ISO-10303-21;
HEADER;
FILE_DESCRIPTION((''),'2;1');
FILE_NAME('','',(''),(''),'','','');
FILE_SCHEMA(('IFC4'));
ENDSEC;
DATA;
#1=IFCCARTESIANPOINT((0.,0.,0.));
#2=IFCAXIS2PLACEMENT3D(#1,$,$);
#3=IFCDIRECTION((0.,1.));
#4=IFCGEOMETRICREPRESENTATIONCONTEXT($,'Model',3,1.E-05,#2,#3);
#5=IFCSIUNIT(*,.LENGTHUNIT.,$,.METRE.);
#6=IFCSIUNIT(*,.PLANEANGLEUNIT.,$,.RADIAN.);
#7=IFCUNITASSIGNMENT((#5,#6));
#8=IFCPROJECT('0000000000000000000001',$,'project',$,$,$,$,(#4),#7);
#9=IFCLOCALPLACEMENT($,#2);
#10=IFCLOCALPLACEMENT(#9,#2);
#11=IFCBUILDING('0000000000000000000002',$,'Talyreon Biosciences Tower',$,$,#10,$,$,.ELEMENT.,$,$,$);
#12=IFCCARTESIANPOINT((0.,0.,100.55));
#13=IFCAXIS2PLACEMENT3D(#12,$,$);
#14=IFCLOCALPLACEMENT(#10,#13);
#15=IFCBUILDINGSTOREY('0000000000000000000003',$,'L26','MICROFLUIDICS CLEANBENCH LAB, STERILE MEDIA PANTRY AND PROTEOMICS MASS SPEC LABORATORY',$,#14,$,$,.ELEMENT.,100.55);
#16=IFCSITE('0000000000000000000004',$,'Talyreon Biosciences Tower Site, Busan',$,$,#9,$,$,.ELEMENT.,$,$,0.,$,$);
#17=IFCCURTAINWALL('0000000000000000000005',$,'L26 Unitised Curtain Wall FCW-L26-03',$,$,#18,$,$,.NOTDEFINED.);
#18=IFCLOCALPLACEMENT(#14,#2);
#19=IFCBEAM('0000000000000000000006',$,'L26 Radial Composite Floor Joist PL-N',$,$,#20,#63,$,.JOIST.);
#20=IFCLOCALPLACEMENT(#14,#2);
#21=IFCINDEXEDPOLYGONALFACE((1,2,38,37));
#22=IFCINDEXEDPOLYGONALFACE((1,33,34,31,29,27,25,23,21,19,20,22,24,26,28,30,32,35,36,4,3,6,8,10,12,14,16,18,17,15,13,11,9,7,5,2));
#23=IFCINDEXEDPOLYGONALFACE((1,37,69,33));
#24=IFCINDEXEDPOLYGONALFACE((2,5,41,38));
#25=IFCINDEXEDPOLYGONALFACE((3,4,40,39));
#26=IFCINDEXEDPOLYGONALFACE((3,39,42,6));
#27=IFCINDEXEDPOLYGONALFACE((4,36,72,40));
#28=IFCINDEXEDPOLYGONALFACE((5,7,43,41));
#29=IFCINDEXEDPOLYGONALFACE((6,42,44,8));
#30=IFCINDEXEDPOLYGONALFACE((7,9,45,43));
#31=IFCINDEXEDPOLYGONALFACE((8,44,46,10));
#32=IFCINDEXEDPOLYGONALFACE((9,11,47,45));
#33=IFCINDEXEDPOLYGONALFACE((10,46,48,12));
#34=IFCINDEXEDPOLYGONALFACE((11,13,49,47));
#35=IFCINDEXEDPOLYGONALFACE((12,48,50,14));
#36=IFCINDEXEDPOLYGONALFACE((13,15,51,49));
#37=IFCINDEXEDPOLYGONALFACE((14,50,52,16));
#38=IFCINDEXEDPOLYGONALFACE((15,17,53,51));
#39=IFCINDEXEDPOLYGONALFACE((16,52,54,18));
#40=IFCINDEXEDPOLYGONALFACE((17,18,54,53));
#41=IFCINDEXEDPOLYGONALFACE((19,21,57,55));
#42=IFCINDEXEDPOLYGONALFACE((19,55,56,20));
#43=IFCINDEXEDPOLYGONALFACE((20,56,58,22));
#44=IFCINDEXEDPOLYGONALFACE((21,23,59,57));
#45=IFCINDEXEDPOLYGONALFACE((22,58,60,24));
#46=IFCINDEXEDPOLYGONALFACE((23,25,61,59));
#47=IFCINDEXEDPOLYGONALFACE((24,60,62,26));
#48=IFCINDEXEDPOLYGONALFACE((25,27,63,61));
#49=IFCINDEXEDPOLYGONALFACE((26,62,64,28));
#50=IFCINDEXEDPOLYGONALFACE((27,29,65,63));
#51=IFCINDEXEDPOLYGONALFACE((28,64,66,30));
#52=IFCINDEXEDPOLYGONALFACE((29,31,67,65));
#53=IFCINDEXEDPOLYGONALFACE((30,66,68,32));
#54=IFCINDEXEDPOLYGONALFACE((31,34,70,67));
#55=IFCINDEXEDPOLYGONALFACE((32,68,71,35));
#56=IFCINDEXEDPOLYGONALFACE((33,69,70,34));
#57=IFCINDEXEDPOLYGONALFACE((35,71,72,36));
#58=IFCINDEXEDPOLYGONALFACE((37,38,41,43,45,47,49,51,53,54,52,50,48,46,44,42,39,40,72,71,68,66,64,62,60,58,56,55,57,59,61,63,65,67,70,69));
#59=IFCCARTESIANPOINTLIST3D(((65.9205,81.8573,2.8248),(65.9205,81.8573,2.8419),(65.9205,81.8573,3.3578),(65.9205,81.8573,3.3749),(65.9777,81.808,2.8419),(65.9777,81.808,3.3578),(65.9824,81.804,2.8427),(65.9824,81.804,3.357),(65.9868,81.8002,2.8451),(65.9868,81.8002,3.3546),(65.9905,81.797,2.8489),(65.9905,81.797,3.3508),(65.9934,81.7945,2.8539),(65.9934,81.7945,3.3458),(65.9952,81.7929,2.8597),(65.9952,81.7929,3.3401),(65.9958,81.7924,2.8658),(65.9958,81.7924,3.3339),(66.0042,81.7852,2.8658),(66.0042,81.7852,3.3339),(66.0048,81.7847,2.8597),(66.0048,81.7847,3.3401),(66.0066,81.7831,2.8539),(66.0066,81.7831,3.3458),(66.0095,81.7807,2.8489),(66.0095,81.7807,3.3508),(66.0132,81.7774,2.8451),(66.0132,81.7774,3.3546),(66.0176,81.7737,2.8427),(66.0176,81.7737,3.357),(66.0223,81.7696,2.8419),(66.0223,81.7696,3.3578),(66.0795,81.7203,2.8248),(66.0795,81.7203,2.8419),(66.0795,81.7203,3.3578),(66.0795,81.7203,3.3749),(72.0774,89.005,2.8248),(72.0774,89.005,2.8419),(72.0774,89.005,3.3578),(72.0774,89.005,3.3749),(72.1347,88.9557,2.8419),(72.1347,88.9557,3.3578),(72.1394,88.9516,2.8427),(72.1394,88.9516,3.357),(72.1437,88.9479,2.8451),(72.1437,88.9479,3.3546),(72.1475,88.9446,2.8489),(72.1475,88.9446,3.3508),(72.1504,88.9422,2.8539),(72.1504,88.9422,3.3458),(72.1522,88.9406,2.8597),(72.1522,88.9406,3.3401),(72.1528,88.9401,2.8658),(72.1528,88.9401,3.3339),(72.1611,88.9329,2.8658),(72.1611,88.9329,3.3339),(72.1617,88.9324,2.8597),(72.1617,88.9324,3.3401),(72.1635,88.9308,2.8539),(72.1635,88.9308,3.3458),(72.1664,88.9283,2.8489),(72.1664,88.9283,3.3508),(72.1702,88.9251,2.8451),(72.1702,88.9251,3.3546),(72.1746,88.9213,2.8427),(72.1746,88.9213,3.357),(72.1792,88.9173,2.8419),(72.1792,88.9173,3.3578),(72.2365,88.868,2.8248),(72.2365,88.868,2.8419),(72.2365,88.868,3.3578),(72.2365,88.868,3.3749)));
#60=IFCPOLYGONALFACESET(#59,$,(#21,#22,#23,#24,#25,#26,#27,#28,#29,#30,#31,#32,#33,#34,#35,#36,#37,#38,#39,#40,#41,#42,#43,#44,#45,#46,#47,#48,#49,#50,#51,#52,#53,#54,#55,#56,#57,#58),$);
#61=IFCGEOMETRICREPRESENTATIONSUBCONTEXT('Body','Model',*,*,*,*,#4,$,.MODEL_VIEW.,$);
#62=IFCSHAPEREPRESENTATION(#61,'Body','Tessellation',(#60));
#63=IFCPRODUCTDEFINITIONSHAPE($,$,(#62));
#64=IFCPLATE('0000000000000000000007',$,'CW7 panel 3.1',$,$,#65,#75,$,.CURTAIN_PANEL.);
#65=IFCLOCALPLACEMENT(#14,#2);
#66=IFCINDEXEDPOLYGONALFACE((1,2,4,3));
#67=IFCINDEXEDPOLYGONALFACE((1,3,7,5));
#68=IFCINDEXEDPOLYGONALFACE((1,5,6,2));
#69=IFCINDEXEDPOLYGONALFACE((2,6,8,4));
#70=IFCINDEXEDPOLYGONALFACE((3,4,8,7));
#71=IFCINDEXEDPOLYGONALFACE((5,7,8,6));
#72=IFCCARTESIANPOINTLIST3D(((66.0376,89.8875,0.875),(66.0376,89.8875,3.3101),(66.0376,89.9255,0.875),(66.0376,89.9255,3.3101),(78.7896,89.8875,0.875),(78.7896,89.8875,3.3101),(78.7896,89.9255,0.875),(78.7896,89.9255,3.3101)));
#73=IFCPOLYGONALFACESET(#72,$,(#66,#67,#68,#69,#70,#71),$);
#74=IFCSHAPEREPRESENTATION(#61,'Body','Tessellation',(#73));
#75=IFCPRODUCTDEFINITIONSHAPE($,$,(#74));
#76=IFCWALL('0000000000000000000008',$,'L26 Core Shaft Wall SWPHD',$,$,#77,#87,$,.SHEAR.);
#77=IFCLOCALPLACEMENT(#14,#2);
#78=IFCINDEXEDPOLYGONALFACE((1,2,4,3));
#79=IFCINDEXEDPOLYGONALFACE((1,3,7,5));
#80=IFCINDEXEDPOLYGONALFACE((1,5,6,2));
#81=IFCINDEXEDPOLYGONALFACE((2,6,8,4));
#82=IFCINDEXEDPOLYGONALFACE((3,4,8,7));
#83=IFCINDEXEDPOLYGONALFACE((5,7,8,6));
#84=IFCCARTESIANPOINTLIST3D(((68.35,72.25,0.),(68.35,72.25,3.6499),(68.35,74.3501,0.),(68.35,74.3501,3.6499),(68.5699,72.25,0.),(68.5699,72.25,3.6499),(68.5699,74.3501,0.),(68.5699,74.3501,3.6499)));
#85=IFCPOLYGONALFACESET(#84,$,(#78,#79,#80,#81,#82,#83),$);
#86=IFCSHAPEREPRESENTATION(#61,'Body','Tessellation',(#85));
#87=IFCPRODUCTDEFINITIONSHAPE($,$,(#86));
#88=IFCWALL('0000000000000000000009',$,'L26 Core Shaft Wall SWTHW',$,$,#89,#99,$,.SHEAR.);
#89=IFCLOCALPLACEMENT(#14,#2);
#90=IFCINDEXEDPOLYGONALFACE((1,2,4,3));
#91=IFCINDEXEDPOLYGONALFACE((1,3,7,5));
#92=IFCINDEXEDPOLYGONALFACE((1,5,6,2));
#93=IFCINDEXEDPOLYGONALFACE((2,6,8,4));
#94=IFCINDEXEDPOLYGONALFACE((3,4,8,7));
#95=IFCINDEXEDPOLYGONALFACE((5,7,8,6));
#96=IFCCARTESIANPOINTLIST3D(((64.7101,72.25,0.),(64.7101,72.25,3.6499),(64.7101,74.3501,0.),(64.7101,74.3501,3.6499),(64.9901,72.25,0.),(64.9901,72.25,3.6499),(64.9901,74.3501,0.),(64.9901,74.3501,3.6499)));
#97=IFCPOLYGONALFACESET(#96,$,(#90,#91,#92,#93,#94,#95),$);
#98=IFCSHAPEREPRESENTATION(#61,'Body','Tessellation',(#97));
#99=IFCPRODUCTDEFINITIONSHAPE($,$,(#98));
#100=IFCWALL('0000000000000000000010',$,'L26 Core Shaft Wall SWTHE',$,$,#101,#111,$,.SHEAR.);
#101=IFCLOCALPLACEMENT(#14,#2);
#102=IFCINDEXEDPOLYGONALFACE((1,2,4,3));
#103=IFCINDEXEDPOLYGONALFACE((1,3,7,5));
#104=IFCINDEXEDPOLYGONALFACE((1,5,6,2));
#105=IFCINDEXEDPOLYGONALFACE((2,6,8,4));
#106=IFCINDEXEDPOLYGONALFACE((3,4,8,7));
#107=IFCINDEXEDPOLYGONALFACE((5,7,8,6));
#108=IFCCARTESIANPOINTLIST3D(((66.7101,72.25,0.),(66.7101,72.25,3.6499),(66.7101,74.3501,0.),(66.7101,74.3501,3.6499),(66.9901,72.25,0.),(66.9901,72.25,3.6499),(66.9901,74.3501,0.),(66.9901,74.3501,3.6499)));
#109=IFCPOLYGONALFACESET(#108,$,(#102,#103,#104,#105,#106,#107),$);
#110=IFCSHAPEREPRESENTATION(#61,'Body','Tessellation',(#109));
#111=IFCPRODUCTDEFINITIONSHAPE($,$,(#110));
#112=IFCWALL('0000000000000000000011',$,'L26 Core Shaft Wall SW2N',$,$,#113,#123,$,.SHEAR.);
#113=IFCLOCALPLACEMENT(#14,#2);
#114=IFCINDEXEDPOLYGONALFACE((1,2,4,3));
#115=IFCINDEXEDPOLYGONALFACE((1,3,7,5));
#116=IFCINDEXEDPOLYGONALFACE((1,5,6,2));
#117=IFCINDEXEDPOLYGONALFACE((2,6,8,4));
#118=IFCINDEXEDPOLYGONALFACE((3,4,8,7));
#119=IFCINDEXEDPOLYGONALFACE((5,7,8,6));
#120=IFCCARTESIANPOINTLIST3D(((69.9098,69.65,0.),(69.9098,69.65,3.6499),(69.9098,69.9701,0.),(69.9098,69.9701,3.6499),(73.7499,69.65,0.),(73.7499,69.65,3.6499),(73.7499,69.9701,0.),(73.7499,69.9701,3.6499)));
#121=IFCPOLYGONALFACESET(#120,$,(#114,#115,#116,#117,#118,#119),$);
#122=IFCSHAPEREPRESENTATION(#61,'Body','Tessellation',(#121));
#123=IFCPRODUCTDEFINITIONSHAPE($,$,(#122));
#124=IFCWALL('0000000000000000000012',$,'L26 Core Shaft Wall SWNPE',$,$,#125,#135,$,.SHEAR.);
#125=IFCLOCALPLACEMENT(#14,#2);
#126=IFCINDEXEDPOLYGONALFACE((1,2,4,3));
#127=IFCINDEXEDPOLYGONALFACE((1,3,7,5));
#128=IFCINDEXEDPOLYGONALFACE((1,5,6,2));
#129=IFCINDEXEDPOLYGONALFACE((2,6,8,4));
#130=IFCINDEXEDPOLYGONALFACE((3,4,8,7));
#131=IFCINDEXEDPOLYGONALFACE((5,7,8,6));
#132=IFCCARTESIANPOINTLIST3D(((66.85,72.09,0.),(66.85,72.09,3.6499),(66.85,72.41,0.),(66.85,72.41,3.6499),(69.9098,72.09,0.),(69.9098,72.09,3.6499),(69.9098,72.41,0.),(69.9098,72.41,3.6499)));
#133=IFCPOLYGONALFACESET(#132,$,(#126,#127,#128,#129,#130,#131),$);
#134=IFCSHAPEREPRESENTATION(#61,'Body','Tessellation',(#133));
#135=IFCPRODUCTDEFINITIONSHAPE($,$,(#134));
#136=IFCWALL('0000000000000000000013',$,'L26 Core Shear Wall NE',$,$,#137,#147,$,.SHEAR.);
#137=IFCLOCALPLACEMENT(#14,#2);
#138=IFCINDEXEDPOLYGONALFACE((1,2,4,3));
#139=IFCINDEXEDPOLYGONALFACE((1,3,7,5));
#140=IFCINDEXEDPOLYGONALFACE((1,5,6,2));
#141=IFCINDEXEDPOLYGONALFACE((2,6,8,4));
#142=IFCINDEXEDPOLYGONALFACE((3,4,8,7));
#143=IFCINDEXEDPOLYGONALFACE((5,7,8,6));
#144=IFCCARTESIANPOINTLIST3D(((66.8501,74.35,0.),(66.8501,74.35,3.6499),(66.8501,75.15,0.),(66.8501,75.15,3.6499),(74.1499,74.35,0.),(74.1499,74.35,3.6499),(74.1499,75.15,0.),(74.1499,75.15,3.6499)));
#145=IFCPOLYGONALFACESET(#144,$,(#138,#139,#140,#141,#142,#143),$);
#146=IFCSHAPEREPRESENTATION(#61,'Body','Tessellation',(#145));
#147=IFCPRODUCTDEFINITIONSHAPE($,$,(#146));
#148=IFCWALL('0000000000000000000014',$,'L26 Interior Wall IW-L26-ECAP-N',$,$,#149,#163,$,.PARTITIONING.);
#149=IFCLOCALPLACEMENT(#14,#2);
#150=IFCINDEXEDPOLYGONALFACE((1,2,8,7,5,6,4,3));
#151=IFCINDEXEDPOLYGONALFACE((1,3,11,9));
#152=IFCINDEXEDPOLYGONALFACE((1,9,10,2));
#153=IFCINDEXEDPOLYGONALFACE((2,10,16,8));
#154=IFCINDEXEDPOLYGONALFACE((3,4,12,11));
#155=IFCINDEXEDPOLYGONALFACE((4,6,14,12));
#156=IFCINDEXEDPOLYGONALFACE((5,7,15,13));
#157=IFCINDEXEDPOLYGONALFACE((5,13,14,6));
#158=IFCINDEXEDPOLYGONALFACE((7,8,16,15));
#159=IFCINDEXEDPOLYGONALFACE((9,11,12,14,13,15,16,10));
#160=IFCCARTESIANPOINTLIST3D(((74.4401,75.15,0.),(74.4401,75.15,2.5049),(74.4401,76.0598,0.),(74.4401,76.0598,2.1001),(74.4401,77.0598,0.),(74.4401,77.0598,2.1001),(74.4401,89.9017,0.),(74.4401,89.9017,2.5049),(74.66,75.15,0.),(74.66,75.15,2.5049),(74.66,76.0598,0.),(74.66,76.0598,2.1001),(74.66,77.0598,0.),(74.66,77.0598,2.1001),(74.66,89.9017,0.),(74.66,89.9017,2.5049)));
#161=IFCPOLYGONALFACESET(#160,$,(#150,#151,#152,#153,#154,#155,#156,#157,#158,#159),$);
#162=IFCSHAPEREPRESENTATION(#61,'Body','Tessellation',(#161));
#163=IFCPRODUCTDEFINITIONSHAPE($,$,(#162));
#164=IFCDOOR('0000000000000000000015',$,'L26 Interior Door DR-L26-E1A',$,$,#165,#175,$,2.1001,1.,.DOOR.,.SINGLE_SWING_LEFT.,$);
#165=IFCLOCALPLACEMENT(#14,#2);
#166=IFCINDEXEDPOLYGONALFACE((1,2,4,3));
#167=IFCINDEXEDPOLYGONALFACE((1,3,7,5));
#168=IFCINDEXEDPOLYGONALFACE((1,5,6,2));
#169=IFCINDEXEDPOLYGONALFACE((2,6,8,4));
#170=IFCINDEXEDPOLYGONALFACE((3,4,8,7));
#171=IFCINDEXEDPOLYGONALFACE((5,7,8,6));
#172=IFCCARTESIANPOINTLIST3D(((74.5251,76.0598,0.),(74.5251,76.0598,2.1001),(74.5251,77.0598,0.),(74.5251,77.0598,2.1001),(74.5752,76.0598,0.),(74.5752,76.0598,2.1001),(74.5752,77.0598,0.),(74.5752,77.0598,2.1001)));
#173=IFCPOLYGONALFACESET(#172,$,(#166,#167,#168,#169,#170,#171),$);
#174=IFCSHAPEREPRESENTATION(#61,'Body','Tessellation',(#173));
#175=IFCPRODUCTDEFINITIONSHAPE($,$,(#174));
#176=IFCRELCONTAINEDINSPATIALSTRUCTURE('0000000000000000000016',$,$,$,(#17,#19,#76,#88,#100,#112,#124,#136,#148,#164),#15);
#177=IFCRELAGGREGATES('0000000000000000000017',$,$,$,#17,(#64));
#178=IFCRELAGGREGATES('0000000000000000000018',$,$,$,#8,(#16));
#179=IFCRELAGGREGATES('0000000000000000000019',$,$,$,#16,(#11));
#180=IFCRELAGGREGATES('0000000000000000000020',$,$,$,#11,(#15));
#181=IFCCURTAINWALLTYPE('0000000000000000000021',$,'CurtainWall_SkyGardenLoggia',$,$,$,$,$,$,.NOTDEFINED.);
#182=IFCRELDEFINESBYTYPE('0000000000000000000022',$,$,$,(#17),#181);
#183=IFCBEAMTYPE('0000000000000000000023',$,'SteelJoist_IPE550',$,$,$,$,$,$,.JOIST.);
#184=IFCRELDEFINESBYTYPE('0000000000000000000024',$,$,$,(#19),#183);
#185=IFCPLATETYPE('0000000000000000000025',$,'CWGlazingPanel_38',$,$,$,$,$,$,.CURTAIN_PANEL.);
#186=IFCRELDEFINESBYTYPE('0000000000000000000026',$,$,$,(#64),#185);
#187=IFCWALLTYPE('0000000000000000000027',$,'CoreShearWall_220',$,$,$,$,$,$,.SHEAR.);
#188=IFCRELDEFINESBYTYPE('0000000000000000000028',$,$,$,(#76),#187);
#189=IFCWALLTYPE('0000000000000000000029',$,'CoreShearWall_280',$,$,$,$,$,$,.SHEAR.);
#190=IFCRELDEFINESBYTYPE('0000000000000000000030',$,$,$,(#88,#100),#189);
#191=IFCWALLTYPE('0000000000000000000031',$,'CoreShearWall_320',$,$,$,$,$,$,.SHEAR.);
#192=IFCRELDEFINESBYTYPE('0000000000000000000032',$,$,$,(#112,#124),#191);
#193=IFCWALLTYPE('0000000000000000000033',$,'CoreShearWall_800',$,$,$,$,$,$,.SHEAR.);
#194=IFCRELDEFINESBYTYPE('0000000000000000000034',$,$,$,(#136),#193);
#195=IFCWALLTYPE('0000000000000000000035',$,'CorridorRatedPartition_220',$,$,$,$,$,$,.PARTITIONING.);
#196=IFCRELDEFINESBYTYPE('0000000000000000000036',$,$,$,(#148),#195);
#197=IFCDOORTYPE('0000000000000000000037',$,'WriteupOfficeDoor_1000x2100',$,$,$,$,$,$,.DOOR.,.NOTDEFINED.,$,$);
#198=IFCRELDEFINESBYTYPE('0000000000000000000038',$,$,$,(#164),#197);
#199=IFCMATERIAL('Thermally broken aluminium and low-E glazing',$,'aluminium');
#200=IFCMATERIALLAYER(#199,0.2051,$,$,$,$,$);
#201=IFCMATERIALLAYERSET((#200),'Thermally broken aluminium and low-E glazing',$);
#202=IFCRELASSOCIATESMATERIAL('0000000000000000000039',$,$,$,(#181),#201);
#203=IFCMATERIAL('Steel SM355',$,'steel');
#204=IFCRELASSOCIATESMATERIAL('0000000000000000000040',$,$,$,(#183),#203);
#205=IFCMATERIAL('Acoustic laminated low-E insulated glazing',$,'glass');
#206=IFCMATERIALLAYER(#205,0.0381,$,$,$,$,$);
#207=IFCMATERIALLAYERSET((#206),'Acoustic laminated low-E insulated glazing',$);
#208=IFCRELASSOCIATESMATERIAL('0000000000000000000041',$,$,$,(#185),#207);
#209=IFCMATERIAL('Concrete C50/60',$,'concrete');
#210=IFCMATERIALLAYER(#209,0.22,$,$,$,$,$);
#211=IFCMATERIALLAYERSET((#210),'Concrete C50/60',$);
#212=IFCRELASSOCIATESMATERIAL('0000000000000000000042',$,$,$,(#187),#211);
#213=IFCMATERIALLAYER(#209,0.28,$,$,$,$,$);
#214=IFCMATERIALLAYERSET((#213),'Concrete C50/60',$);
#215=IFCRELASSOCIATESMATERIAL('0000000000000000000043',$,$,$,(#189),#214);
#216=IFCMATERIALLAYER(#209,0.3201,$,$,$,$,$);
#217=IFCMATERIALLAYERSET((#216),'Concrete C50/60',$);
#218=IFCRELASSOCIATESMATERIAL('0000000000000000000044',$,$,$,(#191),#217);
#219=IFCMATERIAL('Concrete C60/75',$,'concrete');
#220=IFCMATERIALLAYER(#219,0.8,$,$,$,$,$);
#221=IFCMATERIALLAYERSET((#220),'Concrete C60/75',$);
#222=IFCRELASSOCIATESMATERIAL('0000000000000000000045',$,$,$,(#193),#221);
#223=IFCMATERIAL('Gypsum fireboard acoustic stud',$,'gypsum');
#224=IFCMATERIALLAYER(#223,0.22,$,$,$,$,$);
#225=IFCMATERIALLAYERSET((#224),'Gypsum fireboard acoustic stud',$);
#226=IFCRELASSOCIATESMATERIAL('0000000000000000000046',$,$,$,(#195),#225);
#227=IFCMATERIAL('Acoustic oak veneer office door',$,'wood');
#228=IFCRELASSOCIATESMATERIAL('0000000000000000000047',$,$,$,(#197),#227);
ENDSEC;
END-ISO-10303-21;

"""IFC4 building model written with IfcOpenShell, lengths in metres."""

from ifc_helpers import new_model, si_unit, direction, frame, frame_2d, origin, origin_2d, place, context, subcontext, project, spatial, rectangle, i_section, extrude, material, layer, layer_set, material_profile, profile_set, type_object, element, fill, aggregate, save


model = new_model("IFC4")

# Units and contexts
model_context = context("Model", 3, precision=1e-05, world=origin(), true_north=direction((0.0, 1.0)))
body_context = subcontext(model_context, "Body", "Model", "MODEL_VIEW")
ifc_project = project(units=[si_unit("LENGTHUNIT", "METRE"), si_unit("PLANEANGLEUNIT", "RADIAN")], contexts=[model_context])

# Site, building, storey
site_placement = place(None, origin())
site = spatial("IfcSite", under=ifc_project, at=site_placement, Name="Talyreon Biosciences Tower Site, Busan", CompositionType="ELEMENT", RefElevation=0.0)
building_placement = place(site_placement, origin())
building = spatial("IfcBuilding", under=site, at=building_placement, Name="Talyreon Biosciences Tower", CompositionType="ELEMENT")
storey_placement = place(building_placement, frame((0.0, 0.0, 100.55)))
storey = spatial("IfcBuildingStorey", under=building, at=storey_placement, Name="L26", Description="MICROFLUIDICS CLEANBENCH LAB, STERILE MEDIA PANTRY AND PROTEOMICS MASS SPEC LABORATORY", CompositionType="ELEMENT", Elevation=100.55)

# Shared definitions
ifc_material_1 = material(Name="Concrete C60/75", Category="concrete")
ifc_material_2 = material(Name="Concrete C50/60", Category="concrete")

# Curtain wall
ifc_material_3 = material(Name="Thermally broken aluminium and low-E glazing", Category="aluminium")
ifc_layer_1 = layer(ifc_material_3, 0.2051)
ifc_layer_set_1 = layer_set([ifc_layer_1], Name="Thermally broken aluminium and low-E glazing")
curtain_wall_type = type_object("IfcCurtainWallType", Name="CurtainWall_SkyGardenLoggia", PredefinedType="NOTDEFINED", material=ifc_layer_set_1)
curtain_wall_placement = place(storey_placement, origin())
curtain_wall = element("IfcCurtainWall", 1, at=curtain_wall_placement, inside=storey, type_object=curtain_wall_type, Name="L26 Unitised Curtain Wall FCW-L26-03", PredefinedType="NOTDEFINED")

# Beam
ifc_material_4 = material(Name="Steel SM355", Category="steel")
ifc_material_profile_1 = material_profile(ifc_material_4, i_section(OverallWidth=0.21, OverallDepth=0.55, WebThickness=0.011, FlangeThickness=0.0171, FilletRadius=0.0239, at=origin_2d()), Name="IPE550")
ifc_profile_set_1 = profile_set([ifc_material_profile_1], Name="Steel SM355")
beam_type_1 = type_object("IfcBeamType", Name="SteelJoist_IPE550", PredefinedType="JOIST", material=ifc_profile_set_1)
beam_1_placement = place(storey_placement, frame((66.0, 81.7888, 3.0999), z_axis=(0.652646, 0.757663, 0.0), x_axis=(-0.757663, 0.652646, 0.0)))
element("IfcBeam", 2, at=beam_1_placement, inside=storey, type_object=beam_type_1, Name="L26 Radial Composite Floor Joist PL-N", PredefinedType="JOIST", context=body_context, shape_type="SweptSolid", body=[
    extrude(i_section(OverallWidth=0.21, OverallDepth=0.55, WebThickness=0.011, FlangeThickness=0.0171, FilletRadius=0.0239, at=origin_2d()), origin(), (0.0, 0.0, 1.0), 9.4338),
])

# Plate
ifc_material_5 = material(Name="Acoustic laminated low-E insulated glazing", Category="glass")
ifc_layer_2 = layer(ifc_material_5, 0.0381)
ifc_layer_set_2 = layer_set([ifc_layer_2], Name="Acoustic laminated low-E insulated glazing")
plate_type = type_object("IfcPlateType", Name="CWGlazingPanel_38", PredefinedType="CURTAIN_PANEL", material=ifc_layer_set_2)
plate_placement = place(storey_placement, frame((72.4136, 89.9065, 0.875), z_axis=(0.0, 0.0, 1.0), x_axis=(1.0, 0.0, 0.0)))
plate = element("IfcPlate", 3, at=plate_placement, type_object=plate_type, Name="CW7 panel 3.1", PredefinedType="CURTAIN_PANEL", context=body_context, shape_type="SweptSolid", body=[
    extrude(rectangle(XDim=12.752, YDim=0.0381, at=origin_2d()), origin(), (0.0, 0.0, 1.0), 2.4351),
])
aggregate(curtain_wall, [plate])

# Walls
ifc_layer_3 = layer(ifc_material_2, 0.22)
ifc_layer_set_3 = layer_set([ifc_layer_3], Name="Concrete C50/60")
wall_type_1 = type_object("IfcWallType", Name="CoreShearWall_220", PredefinedType="SHEAR", material=ifc_layer_set_3)
wall_1_placement = place(storey_placement, frame((68.46, 72.25, 0.0), z_axis=(0.0, 0.0, 1.0), x_axis=(0.0, 1.0, 0.0)))
element("IfcWall", 4, at=wall_1_placement, inside=storey, type_object=wall_type_1, Name="L26 Core Shaft Wall SWPHD", PredefinedType="SHEAR", context=body_context, shape_type="SweptSolid", body=[
    extrude(rectangle(XDim=2.1001, YDim=0.22, at=frame_2d((1.05, 0.0))), origin(), (0.0, 0.0, 1.0), 3.6499),
])
ifc_layer_4 = layer(ifc_material_2, 0.28)
ifc_layer_set_4 = layer_set([ifc_layer_4], Name="Concrete C50/60")
wall_type_2 = type_object("IfcWallType", Name="CoreShearWall_280", PredefinedType="SHEAR", material=ifc_layer_set_4)
for number, where, z_axis, x_axis, name in (
    (5, (64.8501, 72.25, 0.0), (0.0, 0.0, 1.0), (0.0, 1.0, 0.0), "L26 Core Shaft Wall SWTHW"),
    (6, (66.8501, 72.25, 0.0), (0.0, 0.0, 1.0), (0.0, 1.0, 0.0), "L26 Core Shaft Wall SWTHE"),
):
    element("IfcWall", number, at=place(storey_placement, frame(where, z_axis=z_axis, x_axis=x_axis)), inside=storey, type_object=wall_type_2, Name=name, PredefinedType="SHEAR", context=body_context, shape_type="SweptSolid", body=[
        extrude(rectangle(XDim=2.1001, YDim=0.28, at=frame_2d((1.05, 0.0))), origin(), (0.0, 0.0, 1.0), 3.6499),
    ])
ifc_layer_5 = layer(ifc_material_2, 0.3201)
ifc_layer_set_5 = layer_set([ifc_layer_5], Name="Concrete C50/60")
wall_type_3 = type_object("IfcWallType", Name="CoreShearWall_320", PredefinedType="SHEAR", material=ifc_layer_set_5)
wall_2_placement = place(storey_placement, frame((69.9099, 69.8101, 0.0), z_axis=(0.0, 0.0, 1.0), x_axis=(1.0, 0.0, 0.0)))
element("IfcWall", 7, at=wall_2_placement, inside=storey, type_object=wall_type_3, Name="L26 Core Shaft Wall SW2N", PredefinedType="SHEAR", context=body_context, shape_type="SweptSolid", body=[
    extrude(rectangle(XDim=3.8401, YDim=0.3201, at=frame_2d((1.9199, 0.0))), origin(), (0.0, 0.0, 1.0), 3.6499),
])
wall_3_placement = place(storey_placement, frame((66.8501, 72.25, 0.0), z_axis=(0.0, 0.0, 1.0), x_axis=(1.0, 0.0, 0.0)))
element("IfcWall", 8, at=wall_3_placement, inside=storey, type_object=wall_type_3, Name="L26 Core Shaft Wall SWNPE", PredefinedType="SHEAR", context=body_context, shape_type="SweptSolid", body=[
    extrude(rectangle(XDim=3.0598, YDim=0.3201, at=frame_2d((1.5298, 0.0))), origin(), (0.0, 0.0, 1.0), 3.6499),
])
ifc_layer_6 = layer(ifc_material_1, 0.8)
ifc_layer_set_6 = layer_set([ifc_layer_6], Name="Concrete C60/75")
wall_type_4 = type_object("IfcWallType", Name="CoreShearWall_800", PredefinedType="SHEAR", material=ifc_layer_set_6)
wall_4_placement = place(storey_placement, frame((74.1499, 74.75, 0.0), z_axis=(0.0, 0.0, 1.0), x_axis=(-1.0, 0.0, 0.0)))
element("IfcWall", 9, at=wall_4_placement, inside=storey, type_object=wall_type_4, Name="L26 Core Shear Wall NE", PredefinedType="SHEAR", context=body_context, shape_type="SweptSolid", body=[
    extrude(rectangle(XDim=7.2998, YDim=0.8, at=frame_2d((3.6499, 0.0))), origin(), (0.0, 0.0, 1.0), 3.6499),
])

# Wall, opening, door
ifc_material_6 = material(Name="Gypsum fireboard acoustic stud", Category="gypsum")
ifc_layer_7 = layer(ifc_material_6, 0.22)
ifc_layer_set_7 = layer_set([ifc_layer_7], Name="Gypsum fireboard acoustic stud")
wall_type_5 = type_object("IfcWallType", Name="CorridorRatedPartition_220", PredefinedType="PARTITIONING", material=ifc_layer_set_7)
wall_5_placement = place(storey_placement, frame((74.55, 75.1499, 0.0), z_axis=(0.0, 0.0, 1.0), x_axis=(0.0, 1.0, 0.0)))
wall_5 = element("IfcWall", 10, at=wall_5_placement, inside=storey, type_object=wall_type_5, Name="L26 Interior Wall IW-L26-ECAP-N", PredefinedType="PARTITIONING", context=body_context, shape_type="SweptSolid", body=[
    extrude(rectangle(XDim=14.7517, YDim=0.22, at=frame_2d((7.376, 0.0))), origin(), (0.0, 0.0, 1.0), 2.5049),
])
opening_1_placement = place(wall_5_placement, frame((0.9099, 0.0, 0.0)))
opening_1 = element("IfcOpeningElement", 11, at=opening_1_placement, cuts=wall_5, PredefinedType="OPENING", context=body_context, shape_type="SweptSolid", body=[
    extrude(rectangle(XDim=1.0, YDim=2.1001, at=frame_2d((0.5, 1.05))), frame((0.0, 0.1199, 0.0), z_axis=(0.0, -1.0, 0.0), x_axis=(1.0, 0.0, 0.0)), (0.0, 0.0, 1.0), 0.24),
])
ifc_material_7 = material(Name="Acoustic oak veneer office door", Category="wood")
door_type_1 = type_object("IfcDoorType", Name="WriteupOfficeDoor_1000x2100", OperationType="NOTDEFINED", PredefinedType="DOOR", material=ifc_material_7)
door_1_placement = place(opening_1_placement, origin())
door_1 = element("IfcDoor", 12, at=door_1_placement, inside=storey, type_object=door_type_1, Name="L26 Interior Door DR-L26-E1A", OperationType="SINGLE_SWING_LEFT", OverallHeight=2.1001, OverallWidth=1.0, PredefinedType="DOOR", context=body_context, shape_type="SweptSolid", body=[
    extrude(rectangle(XDim=1.0, YDim=2.1001, at=frame_2d((0.5, 1.05))), frame((0.0, 0.0249, 0.0), z_axis=(0.0, -1.0, 0.0), x_axis=(1.0, 0.0, 0.0)), (0.0, 0.0, 1.0), 0.05),
])
fill(opening_1, door_1)

save(model, "model.ifc")
